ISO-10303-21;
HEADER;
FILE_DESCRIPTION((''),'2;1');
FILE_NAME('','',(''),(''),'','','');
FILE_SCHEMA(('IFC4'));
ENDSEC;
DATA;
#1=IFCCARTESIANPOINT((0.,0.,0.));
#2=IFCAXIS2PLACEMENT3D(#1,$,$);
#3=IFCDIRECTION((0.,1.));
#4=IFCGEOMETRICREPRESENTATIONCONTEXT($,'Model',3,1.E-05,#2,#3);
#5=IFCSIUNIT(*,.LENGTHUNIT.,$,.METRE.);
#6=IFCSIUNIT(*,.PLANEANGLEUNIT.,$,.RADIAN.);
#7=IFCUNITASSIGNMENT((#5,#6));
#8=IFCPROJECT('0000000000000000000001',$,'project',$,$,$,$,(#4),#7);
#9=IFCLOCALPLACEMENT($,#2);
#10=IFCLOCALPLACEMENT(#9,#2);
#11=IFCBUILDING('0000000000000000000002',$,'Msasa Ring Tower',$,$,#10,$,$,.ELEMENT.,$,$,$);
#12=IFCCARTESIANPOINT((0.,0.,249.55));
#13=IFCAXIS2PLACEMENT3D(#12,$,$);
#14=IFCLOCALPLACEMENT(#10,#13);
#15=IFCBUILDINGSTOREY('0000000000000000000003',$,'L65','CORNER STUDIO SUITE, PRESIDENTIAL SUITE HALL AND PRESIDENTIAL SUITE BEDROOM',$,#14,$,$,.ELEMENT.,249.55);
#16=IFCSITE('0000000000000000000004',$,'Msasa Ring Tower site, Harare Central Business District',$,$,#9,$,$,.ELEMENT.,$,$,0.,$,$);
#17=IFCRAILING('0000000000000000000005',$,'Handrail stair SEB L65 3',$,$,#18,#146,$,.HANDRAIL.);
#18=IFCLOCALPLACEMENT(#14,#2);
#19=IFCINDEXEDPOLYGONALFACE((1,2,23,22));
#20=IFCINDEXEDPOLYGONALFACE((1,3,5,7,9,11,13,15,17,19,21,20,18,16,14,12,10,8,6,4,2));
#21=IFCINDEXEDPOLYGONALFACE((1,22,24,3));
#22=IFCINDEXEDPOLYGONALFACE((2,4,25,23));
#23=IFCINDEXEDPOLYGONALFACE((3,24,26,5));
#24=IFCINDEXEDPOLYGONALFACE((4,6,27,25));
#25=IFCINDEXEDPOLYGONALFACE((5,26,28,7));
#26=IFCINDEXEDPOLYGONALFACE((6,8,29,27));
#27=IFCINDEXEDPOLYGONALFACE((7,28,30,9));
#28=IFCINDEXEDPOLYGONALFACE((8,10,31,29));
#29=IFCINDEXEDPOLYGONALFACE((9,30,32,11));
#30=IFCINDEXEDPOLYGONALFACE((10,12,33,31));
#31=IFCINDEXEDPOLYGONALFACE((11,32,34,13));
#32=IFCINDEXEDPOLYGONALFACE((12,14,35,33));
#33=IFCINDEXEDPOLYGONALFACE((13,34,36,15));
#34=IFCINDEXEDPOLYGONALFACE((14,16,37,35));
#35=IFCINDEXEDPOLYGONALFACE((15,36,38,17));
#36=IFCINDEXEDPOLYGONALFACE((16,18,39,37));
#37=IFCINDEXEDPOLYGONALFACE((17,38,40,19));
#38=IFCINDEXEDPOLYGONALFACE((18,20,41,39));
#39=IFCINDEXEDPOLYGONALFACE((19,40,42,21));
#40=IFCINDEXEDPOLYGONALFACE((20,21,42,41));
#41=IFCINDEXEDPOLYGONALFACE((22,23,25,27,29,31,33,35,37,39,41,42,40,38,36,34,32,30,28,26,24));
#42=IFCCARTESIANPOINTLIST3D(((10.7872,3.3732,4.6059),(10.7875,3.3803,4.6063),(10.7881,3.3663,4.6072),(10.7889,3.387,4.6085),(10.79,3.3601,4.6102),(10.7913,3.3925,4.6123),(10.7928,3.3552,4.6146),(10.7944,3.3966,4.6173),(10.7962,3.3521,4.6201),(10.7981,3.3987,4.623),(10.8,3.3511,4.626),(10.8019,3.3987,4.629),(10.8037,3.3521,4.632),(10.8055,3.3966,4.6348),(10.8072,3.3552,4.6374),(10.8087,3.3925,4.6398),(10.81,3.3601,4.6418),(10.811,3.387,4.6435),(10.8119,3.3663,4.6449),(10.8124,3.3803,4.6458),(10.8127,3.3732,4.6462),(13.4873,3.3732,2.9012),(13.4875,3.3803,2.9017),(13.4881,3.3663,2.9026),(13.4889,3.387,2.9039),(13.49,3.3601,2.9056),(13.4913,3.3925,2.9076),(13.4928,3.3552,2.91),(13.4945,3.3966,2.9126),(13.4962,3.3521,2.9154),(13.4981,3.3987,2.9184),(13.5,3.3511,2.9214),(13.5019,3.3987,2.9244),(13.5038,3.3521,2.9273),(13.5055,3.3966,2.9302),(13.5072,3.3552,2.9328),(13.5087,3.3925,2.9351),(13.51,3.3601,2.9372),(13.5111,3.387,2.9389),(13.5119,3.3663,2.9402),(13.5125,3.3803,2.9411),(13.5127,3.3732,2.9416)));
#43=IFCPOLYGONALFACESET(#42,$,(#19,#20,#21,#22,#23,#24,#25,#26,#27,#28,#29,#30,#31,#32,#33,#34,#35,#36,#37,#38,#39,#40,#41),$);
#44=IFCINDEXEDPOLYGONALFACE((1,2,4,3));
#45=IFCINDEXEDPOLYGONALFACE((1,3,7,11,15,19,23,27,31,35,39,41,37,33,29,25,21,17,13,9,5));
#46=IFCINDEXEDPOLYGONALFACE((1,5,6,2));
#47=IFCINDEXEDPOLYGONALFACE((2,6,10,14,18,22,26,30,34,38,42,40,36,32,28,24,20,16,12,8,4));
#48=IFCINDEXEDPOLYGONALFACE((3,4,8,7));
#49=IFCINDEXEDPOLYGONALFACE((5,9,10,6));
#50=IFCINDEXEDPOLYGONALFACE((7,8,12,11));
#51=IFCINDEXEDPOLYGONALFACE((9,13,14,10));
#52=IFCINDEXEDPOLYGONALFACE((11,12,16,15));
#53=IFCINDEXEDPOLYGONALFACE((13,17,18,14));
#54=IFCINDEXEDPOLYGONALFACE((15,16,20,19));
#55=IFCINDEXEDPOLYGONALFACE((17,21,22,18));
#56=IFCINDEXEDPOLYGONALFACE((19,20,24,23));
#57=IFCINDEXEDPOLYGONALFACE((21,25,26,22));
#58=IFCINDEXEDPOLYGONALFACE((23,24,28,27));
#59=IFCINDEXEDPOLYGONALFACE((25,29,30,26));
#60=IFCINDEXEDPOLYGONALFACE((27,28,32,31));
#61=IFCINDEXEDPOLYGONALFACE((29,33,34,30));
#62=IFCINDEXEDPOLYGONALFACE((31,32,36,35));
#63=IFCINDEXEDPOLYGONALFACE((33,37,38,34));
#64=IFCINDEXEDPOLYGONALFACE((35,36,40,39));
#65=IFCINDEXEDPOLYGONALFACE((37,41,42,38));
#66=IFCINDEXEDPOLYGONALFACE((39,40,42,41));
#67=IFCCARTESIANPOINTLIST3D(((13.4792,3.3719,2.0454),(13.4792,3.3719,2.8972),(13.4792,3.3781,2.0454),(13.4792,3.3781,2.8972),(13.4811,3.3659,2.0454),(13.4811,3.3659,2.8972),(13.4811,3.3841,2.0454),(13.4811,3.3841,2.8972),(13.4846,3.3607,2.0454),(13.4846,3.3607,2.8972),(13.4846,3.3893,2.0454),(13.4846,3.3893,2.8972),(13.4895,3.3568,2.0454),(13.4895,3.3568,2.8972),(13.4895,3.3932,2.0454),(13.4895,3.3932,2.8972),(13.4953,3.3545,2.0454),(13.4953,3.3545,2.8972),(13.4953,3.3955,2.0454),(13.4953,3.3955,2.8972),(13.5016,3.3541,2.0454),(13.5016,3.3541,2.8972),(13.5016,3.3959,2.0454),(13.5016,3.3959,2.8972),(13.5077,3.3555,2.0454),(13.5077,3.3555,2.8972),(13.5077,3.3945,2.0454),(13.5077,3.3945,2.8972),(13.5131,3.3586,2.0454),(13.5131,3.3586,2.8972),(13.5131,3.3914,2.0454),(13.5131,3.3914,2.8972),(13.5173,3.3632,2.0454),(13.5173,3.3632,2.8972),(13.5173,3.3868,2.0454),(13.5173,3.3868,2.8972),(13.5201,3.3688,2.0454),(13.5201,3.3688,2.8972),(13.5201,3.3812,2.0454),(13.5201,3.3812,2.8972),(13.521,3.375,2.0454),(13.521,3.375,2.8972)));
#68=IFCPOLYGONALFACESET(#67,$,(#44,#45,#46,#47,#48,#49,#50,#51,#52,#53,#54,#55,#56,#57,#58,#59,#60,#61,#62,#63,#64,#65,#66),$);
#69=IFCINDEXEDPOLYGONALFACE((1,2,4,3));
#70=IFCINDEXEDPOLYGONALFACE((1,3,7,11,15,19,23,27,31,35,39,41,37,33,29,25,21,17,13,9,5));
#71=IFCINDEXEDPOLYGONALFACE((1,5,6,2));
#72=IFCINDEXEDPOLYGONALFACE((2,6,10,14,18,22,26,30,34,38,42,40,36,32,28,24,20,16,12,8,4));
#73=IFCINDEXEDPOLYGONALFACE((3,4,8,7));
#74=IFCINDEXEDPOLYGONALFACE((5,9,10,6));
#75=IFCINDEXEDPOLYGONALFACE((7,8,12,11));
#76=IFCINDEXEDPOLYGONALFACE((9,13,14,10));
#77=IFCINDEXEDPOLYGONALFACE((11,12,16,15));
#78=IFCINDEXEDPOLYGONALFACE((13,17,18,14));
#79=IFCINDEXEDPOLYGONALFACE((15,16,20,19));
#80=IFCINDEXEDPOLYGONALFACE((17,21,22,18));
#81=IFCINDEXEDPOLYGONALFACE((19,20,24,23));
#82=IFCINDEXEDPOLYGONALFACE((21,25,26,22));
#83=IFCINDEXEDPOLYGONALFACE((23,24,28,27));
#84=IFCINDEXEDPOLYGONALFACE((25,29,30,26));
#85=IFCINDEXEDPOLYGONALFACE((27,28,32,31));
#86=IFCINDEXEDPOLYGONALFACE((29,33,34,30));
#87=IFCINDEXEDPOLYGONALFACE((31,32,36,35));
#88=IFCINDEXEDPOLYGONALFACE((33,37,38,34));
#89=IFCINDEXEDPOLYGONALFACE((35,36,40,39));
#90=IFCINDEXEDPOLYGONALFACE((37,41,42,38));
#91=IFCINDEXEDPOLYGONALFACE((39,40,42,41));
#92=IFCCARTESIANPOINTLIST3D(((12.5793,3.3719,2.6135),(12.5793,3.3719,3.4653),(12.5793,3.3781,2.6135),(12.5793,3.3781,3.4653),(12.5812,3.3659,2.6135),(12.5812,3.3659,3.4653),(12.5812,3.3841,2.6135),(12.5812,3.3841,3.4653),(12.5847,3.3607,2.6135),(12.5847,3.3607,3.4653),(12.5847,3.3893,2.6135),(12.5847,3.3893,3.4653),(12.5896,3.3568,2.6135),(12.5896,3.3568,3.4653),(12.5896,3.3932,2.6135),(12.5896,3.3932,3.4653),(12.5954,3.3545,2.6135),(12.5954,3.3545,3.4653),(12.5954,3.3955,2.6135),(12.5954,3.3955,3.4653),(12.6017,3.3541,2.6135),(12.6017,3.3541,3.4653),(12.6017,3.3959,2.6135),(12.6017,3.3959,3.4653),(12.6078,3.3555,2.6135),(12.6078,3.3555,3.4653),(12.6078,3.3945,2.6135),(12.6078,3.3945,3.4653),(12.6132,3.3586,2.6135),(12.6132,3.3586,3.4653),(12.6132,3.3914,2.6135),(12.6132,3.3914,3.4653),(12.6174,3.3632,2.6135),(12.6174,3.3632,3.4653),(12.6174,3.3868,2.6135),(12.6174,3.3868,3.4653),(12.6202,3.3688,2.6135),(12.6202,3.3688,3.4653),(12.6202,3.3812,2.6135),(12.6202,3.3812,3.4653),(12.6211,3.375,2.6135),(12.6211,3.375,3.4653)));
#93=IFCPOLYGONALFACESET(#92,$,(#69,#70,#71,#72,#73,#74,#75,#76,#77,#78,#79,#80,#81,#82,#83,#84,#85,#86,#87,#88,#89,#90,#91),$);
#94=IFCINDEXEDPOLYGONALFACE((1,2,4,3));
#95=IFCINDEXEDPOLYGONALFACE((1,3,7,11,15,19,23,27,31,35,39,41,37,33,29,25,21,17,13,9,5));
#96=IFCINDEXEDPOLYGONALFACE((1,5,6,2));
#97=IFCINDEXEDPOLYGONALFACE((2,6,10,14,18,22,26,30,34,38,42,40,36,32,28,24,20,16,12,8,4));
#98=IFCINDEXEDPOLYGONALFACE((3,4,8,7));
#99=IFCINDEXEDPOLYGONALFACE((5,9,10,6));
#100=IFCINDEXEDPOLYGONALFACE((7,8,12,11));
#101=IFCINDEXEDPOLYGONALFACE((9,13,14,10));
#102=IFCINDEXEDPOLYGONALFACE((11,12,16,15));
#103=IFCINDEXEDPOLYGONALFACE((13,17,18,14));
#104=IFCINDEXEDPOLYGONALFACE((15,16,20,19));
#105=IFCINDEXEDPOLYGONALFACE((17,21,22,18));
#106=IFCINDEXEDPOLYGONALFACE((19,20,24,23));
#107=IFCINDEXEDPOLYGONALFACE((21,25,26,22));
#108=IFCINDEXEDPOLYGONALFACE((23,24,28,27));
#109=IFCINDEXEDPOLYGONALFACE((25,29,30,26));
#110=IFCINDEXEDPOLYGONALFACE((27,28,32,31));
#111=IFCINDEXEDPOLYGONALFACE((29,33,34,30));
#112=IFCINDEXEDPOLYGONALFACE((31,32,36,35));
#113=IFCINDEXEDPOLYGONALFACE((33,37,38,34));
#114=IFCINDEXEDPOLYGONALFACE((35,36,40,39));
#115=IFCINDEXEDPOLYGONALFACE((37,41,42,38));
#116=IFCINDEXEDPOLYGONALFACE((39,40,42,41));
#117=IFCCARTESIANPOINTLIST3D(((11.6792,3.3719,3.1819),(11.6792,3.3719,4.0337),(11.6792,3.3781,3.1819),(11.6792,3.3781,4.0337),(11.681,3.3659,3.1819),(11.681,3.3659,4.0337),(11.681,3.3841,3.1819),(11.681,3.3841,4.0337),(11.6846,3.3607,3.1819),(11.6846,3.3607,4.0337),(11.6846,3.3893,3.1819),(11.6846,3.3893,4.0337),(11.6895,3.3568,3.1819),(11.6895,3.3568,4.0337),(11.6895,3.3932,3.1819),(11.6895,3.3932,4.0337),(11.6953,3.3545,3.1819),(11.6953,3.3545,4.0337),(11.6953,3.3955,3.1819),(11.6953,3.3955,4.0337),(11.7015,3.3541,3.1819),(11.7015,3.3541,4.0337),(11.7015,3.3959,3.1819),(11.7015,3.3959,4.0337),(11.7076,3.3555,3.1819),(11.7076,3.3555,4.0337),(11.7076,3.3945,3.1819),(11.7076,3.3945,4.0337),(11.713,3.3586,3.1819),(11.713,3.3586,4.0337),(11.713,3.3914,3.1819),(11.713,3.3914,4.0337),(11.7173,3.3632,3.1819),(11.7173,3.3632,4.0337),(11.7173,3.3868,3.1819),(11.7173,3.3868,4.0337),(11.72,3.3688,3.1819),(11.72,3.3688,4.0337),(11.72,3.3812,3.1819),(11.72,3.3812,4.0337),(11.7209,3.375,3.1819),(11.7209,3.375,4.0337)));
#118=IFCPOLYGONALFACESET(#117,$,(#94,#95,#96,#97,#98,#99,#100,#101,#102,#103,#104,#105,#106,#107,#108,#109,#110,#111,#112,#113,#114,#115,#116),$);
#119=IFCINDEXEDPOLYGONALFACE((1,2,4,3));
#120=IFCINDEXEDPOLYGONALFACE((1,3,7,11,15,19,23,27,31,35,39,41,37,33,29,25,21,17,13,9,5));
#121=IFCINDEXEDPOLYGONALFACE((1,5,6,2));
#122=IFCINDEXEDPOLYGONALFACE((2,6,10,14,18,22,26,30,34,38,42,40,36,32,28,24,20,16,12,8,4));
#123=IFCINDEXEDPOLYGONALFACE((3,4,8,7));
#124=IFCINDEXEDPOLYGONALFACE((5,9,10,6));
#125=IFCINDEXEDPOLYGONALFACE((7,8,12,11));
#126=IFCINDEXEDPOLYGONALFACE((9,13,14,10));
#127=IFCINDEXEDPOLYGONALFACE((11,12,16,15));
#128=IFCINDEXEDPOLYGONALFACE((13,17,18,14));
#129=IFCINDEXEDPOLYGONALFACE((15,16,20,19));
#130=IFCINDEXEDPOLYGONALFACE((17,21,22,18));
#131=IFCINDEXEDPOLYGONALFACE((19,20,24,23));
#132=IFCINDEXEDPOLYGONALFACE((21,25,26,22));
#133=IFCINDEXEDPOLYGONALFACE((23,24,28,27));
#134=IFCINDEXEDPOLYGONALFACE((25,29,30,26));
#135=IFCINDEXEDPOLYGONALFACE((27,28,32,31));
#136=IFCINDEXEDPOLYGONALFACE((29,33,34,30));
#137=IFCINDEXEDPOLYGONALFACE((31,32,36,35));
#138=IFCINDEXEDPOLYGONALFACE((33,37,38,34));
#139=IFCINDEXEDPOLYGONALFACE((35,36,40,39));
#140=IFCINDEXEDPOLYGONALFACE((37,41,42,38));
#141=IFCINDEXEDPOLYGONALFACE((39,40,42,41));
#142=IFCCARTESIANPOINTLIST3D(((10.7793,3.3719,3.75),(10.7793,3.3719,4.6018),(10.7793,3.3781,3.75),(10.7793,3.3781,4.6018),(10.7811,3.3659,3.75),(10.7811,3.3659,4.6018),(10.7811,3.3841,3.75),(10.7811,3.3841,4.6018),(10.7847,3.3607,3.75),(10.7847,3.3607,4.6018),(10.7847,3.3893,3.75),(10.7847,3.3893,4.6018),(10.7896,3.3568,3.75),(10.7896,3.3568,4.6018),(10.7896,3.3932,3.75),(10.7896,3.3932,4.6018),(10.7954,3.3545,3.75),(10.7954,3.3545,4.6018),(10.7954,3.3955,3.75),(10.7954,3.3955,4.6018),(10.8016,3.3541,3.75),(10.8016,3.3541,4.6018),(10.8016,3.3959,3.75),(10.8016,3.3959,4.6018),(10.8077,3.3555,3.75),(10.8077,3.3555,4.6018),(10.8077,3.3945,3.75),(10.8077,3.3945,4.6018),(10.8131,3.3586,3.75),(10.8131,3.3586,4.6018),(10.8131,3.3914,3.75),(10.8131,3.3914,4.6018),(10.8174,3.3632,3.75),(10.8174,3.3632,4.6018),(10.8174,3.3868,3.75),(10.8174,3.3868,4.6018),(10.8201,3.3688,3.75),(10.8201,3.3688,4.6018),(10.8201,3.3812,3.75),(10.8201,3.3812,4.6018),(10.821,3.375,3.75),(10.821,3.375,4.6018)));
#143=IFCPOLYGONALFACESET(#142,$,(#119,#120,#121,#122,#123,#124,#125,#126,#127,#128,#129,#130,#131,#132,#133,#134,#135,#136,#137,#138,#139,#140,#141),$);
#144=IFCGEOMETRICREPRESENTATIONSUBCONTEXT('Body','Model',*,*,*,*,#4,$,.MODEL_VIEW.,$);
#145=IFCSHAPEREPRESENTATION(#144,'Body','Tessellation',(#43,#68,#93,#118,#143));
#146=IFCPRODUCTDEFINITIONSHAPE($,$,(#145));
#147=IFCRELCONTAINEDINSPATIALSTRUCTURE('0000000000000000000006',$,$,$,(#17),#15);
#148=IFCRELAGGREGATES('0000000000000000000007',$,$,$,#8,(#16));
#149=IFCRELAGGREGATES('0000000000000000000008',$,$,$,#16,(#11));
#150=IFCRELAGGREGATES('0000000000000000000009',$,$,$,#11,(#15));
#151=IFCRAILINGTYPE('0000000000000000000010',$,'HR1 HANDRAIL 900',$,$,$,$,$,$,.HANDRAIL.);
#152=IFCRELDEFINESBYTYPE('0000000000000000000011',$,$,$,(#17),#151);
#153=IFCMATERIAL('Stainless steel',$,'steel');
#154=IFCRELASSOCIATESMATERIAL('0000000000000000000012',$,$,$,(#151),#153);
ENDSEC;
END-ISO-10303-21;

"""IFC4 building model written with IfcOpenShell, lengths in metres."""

from ifc_helpers import new_model, si_unit, direction, frame, origin, origin_2d, place, context, subcontext, project, spatial, circle, extrude, material, type_object, element, save


model = new_model("IFC4")

# Units and contexts
model_context = context("Model", 3, precision=1e-05, world=origin(), true_north=direction((0.0, 1.0)))
body_context = subcontext(model_context, "Body", "Model", "MODEL_VIEW")
ifc_project = project(units=[si_unit("LENGTHUNIT", "METRE"), si_unit("PLANEANGLEUNIT", "RADIAN")], contexts=[model_context])

# Site, building, storey
site_placement = place(None, origin())
site = spatial("IfcSite", under=ifc_project, at=site_placement, Name="Msasa Ring Tower site, Harare Central Business District", CompositionType="ELEMENT", RefElevation=0.0)
building_placement = place(site_placement, origin())
building = spatial("IfcBuilding", under=site, at=building_placement, Name="Msasa Ring Tower", CompositionType="ELEMENT")
storey_placement = place(building_placement, frame((0.0, 0.0, 249.55)))
storey = spatial("IfcBuildingStorey", under=building, at=storey_placement, Name="L65", Description="CORNER STUDIO SUITE, PRESIDENTIAL SUITE HALL AND PRESIDENTIAL SUITE BEDROOM", CompositionType="ELEMENT", Elevation=249.55)

# Railing
ifc_material_1 = material(Name="Stainless steel", Category="steel")
railing_type = type_object("IfcRailingType", Name="HR1 HANDRAIL 900", PredefinedType="HANDRAIL", material=ifc_material_1)
for number, where, name in (
    (1, (13.5, 3.375, 2.0454), "Handrail stair SEB L65 3"),
):
    element("IfcRailing", number, at=place(storey_placement, frame(where)), inside=storey, type_object=railing_type, Name=name, PredefinedType="HANDRAIL", context=body_context, shape_type="SweptSolid", body=[
        extrude(circle(Radius=0.0239, at=origin_2d()), frame((0.0, 0.0, 0.876), z_axis=(-0.84558, 0.0, 0.533849), x_axis=(0.0, -1.0, 0.0)), (0.0, 0.0, 1.0), 3.1931),
        extrude(circle(Radius=0.021, at=origin_2d()), origin(), (0.0, 0.0, 1.0), 0.8518),
        extrude(circle(Radius=0.021, at=origin_2d()), frame((-0.8999, 0.0, 0.5681)), (0.0, 0.0, 1.0), 0.8518),
        extrude(circle(Radius=0.021, at=origin_2d()), frame((-1.8, 0.0, 1.1365)), (0.0, 0.0, 1.0), 0.8518),
        extrude(circle(Radius=0.021, at=origin_2d()), frame((-2.7, 0.0, 1.7046)), (0.0, 0.0, 1.0), 0.8518),
    ])

save(model, "model.ifc")
